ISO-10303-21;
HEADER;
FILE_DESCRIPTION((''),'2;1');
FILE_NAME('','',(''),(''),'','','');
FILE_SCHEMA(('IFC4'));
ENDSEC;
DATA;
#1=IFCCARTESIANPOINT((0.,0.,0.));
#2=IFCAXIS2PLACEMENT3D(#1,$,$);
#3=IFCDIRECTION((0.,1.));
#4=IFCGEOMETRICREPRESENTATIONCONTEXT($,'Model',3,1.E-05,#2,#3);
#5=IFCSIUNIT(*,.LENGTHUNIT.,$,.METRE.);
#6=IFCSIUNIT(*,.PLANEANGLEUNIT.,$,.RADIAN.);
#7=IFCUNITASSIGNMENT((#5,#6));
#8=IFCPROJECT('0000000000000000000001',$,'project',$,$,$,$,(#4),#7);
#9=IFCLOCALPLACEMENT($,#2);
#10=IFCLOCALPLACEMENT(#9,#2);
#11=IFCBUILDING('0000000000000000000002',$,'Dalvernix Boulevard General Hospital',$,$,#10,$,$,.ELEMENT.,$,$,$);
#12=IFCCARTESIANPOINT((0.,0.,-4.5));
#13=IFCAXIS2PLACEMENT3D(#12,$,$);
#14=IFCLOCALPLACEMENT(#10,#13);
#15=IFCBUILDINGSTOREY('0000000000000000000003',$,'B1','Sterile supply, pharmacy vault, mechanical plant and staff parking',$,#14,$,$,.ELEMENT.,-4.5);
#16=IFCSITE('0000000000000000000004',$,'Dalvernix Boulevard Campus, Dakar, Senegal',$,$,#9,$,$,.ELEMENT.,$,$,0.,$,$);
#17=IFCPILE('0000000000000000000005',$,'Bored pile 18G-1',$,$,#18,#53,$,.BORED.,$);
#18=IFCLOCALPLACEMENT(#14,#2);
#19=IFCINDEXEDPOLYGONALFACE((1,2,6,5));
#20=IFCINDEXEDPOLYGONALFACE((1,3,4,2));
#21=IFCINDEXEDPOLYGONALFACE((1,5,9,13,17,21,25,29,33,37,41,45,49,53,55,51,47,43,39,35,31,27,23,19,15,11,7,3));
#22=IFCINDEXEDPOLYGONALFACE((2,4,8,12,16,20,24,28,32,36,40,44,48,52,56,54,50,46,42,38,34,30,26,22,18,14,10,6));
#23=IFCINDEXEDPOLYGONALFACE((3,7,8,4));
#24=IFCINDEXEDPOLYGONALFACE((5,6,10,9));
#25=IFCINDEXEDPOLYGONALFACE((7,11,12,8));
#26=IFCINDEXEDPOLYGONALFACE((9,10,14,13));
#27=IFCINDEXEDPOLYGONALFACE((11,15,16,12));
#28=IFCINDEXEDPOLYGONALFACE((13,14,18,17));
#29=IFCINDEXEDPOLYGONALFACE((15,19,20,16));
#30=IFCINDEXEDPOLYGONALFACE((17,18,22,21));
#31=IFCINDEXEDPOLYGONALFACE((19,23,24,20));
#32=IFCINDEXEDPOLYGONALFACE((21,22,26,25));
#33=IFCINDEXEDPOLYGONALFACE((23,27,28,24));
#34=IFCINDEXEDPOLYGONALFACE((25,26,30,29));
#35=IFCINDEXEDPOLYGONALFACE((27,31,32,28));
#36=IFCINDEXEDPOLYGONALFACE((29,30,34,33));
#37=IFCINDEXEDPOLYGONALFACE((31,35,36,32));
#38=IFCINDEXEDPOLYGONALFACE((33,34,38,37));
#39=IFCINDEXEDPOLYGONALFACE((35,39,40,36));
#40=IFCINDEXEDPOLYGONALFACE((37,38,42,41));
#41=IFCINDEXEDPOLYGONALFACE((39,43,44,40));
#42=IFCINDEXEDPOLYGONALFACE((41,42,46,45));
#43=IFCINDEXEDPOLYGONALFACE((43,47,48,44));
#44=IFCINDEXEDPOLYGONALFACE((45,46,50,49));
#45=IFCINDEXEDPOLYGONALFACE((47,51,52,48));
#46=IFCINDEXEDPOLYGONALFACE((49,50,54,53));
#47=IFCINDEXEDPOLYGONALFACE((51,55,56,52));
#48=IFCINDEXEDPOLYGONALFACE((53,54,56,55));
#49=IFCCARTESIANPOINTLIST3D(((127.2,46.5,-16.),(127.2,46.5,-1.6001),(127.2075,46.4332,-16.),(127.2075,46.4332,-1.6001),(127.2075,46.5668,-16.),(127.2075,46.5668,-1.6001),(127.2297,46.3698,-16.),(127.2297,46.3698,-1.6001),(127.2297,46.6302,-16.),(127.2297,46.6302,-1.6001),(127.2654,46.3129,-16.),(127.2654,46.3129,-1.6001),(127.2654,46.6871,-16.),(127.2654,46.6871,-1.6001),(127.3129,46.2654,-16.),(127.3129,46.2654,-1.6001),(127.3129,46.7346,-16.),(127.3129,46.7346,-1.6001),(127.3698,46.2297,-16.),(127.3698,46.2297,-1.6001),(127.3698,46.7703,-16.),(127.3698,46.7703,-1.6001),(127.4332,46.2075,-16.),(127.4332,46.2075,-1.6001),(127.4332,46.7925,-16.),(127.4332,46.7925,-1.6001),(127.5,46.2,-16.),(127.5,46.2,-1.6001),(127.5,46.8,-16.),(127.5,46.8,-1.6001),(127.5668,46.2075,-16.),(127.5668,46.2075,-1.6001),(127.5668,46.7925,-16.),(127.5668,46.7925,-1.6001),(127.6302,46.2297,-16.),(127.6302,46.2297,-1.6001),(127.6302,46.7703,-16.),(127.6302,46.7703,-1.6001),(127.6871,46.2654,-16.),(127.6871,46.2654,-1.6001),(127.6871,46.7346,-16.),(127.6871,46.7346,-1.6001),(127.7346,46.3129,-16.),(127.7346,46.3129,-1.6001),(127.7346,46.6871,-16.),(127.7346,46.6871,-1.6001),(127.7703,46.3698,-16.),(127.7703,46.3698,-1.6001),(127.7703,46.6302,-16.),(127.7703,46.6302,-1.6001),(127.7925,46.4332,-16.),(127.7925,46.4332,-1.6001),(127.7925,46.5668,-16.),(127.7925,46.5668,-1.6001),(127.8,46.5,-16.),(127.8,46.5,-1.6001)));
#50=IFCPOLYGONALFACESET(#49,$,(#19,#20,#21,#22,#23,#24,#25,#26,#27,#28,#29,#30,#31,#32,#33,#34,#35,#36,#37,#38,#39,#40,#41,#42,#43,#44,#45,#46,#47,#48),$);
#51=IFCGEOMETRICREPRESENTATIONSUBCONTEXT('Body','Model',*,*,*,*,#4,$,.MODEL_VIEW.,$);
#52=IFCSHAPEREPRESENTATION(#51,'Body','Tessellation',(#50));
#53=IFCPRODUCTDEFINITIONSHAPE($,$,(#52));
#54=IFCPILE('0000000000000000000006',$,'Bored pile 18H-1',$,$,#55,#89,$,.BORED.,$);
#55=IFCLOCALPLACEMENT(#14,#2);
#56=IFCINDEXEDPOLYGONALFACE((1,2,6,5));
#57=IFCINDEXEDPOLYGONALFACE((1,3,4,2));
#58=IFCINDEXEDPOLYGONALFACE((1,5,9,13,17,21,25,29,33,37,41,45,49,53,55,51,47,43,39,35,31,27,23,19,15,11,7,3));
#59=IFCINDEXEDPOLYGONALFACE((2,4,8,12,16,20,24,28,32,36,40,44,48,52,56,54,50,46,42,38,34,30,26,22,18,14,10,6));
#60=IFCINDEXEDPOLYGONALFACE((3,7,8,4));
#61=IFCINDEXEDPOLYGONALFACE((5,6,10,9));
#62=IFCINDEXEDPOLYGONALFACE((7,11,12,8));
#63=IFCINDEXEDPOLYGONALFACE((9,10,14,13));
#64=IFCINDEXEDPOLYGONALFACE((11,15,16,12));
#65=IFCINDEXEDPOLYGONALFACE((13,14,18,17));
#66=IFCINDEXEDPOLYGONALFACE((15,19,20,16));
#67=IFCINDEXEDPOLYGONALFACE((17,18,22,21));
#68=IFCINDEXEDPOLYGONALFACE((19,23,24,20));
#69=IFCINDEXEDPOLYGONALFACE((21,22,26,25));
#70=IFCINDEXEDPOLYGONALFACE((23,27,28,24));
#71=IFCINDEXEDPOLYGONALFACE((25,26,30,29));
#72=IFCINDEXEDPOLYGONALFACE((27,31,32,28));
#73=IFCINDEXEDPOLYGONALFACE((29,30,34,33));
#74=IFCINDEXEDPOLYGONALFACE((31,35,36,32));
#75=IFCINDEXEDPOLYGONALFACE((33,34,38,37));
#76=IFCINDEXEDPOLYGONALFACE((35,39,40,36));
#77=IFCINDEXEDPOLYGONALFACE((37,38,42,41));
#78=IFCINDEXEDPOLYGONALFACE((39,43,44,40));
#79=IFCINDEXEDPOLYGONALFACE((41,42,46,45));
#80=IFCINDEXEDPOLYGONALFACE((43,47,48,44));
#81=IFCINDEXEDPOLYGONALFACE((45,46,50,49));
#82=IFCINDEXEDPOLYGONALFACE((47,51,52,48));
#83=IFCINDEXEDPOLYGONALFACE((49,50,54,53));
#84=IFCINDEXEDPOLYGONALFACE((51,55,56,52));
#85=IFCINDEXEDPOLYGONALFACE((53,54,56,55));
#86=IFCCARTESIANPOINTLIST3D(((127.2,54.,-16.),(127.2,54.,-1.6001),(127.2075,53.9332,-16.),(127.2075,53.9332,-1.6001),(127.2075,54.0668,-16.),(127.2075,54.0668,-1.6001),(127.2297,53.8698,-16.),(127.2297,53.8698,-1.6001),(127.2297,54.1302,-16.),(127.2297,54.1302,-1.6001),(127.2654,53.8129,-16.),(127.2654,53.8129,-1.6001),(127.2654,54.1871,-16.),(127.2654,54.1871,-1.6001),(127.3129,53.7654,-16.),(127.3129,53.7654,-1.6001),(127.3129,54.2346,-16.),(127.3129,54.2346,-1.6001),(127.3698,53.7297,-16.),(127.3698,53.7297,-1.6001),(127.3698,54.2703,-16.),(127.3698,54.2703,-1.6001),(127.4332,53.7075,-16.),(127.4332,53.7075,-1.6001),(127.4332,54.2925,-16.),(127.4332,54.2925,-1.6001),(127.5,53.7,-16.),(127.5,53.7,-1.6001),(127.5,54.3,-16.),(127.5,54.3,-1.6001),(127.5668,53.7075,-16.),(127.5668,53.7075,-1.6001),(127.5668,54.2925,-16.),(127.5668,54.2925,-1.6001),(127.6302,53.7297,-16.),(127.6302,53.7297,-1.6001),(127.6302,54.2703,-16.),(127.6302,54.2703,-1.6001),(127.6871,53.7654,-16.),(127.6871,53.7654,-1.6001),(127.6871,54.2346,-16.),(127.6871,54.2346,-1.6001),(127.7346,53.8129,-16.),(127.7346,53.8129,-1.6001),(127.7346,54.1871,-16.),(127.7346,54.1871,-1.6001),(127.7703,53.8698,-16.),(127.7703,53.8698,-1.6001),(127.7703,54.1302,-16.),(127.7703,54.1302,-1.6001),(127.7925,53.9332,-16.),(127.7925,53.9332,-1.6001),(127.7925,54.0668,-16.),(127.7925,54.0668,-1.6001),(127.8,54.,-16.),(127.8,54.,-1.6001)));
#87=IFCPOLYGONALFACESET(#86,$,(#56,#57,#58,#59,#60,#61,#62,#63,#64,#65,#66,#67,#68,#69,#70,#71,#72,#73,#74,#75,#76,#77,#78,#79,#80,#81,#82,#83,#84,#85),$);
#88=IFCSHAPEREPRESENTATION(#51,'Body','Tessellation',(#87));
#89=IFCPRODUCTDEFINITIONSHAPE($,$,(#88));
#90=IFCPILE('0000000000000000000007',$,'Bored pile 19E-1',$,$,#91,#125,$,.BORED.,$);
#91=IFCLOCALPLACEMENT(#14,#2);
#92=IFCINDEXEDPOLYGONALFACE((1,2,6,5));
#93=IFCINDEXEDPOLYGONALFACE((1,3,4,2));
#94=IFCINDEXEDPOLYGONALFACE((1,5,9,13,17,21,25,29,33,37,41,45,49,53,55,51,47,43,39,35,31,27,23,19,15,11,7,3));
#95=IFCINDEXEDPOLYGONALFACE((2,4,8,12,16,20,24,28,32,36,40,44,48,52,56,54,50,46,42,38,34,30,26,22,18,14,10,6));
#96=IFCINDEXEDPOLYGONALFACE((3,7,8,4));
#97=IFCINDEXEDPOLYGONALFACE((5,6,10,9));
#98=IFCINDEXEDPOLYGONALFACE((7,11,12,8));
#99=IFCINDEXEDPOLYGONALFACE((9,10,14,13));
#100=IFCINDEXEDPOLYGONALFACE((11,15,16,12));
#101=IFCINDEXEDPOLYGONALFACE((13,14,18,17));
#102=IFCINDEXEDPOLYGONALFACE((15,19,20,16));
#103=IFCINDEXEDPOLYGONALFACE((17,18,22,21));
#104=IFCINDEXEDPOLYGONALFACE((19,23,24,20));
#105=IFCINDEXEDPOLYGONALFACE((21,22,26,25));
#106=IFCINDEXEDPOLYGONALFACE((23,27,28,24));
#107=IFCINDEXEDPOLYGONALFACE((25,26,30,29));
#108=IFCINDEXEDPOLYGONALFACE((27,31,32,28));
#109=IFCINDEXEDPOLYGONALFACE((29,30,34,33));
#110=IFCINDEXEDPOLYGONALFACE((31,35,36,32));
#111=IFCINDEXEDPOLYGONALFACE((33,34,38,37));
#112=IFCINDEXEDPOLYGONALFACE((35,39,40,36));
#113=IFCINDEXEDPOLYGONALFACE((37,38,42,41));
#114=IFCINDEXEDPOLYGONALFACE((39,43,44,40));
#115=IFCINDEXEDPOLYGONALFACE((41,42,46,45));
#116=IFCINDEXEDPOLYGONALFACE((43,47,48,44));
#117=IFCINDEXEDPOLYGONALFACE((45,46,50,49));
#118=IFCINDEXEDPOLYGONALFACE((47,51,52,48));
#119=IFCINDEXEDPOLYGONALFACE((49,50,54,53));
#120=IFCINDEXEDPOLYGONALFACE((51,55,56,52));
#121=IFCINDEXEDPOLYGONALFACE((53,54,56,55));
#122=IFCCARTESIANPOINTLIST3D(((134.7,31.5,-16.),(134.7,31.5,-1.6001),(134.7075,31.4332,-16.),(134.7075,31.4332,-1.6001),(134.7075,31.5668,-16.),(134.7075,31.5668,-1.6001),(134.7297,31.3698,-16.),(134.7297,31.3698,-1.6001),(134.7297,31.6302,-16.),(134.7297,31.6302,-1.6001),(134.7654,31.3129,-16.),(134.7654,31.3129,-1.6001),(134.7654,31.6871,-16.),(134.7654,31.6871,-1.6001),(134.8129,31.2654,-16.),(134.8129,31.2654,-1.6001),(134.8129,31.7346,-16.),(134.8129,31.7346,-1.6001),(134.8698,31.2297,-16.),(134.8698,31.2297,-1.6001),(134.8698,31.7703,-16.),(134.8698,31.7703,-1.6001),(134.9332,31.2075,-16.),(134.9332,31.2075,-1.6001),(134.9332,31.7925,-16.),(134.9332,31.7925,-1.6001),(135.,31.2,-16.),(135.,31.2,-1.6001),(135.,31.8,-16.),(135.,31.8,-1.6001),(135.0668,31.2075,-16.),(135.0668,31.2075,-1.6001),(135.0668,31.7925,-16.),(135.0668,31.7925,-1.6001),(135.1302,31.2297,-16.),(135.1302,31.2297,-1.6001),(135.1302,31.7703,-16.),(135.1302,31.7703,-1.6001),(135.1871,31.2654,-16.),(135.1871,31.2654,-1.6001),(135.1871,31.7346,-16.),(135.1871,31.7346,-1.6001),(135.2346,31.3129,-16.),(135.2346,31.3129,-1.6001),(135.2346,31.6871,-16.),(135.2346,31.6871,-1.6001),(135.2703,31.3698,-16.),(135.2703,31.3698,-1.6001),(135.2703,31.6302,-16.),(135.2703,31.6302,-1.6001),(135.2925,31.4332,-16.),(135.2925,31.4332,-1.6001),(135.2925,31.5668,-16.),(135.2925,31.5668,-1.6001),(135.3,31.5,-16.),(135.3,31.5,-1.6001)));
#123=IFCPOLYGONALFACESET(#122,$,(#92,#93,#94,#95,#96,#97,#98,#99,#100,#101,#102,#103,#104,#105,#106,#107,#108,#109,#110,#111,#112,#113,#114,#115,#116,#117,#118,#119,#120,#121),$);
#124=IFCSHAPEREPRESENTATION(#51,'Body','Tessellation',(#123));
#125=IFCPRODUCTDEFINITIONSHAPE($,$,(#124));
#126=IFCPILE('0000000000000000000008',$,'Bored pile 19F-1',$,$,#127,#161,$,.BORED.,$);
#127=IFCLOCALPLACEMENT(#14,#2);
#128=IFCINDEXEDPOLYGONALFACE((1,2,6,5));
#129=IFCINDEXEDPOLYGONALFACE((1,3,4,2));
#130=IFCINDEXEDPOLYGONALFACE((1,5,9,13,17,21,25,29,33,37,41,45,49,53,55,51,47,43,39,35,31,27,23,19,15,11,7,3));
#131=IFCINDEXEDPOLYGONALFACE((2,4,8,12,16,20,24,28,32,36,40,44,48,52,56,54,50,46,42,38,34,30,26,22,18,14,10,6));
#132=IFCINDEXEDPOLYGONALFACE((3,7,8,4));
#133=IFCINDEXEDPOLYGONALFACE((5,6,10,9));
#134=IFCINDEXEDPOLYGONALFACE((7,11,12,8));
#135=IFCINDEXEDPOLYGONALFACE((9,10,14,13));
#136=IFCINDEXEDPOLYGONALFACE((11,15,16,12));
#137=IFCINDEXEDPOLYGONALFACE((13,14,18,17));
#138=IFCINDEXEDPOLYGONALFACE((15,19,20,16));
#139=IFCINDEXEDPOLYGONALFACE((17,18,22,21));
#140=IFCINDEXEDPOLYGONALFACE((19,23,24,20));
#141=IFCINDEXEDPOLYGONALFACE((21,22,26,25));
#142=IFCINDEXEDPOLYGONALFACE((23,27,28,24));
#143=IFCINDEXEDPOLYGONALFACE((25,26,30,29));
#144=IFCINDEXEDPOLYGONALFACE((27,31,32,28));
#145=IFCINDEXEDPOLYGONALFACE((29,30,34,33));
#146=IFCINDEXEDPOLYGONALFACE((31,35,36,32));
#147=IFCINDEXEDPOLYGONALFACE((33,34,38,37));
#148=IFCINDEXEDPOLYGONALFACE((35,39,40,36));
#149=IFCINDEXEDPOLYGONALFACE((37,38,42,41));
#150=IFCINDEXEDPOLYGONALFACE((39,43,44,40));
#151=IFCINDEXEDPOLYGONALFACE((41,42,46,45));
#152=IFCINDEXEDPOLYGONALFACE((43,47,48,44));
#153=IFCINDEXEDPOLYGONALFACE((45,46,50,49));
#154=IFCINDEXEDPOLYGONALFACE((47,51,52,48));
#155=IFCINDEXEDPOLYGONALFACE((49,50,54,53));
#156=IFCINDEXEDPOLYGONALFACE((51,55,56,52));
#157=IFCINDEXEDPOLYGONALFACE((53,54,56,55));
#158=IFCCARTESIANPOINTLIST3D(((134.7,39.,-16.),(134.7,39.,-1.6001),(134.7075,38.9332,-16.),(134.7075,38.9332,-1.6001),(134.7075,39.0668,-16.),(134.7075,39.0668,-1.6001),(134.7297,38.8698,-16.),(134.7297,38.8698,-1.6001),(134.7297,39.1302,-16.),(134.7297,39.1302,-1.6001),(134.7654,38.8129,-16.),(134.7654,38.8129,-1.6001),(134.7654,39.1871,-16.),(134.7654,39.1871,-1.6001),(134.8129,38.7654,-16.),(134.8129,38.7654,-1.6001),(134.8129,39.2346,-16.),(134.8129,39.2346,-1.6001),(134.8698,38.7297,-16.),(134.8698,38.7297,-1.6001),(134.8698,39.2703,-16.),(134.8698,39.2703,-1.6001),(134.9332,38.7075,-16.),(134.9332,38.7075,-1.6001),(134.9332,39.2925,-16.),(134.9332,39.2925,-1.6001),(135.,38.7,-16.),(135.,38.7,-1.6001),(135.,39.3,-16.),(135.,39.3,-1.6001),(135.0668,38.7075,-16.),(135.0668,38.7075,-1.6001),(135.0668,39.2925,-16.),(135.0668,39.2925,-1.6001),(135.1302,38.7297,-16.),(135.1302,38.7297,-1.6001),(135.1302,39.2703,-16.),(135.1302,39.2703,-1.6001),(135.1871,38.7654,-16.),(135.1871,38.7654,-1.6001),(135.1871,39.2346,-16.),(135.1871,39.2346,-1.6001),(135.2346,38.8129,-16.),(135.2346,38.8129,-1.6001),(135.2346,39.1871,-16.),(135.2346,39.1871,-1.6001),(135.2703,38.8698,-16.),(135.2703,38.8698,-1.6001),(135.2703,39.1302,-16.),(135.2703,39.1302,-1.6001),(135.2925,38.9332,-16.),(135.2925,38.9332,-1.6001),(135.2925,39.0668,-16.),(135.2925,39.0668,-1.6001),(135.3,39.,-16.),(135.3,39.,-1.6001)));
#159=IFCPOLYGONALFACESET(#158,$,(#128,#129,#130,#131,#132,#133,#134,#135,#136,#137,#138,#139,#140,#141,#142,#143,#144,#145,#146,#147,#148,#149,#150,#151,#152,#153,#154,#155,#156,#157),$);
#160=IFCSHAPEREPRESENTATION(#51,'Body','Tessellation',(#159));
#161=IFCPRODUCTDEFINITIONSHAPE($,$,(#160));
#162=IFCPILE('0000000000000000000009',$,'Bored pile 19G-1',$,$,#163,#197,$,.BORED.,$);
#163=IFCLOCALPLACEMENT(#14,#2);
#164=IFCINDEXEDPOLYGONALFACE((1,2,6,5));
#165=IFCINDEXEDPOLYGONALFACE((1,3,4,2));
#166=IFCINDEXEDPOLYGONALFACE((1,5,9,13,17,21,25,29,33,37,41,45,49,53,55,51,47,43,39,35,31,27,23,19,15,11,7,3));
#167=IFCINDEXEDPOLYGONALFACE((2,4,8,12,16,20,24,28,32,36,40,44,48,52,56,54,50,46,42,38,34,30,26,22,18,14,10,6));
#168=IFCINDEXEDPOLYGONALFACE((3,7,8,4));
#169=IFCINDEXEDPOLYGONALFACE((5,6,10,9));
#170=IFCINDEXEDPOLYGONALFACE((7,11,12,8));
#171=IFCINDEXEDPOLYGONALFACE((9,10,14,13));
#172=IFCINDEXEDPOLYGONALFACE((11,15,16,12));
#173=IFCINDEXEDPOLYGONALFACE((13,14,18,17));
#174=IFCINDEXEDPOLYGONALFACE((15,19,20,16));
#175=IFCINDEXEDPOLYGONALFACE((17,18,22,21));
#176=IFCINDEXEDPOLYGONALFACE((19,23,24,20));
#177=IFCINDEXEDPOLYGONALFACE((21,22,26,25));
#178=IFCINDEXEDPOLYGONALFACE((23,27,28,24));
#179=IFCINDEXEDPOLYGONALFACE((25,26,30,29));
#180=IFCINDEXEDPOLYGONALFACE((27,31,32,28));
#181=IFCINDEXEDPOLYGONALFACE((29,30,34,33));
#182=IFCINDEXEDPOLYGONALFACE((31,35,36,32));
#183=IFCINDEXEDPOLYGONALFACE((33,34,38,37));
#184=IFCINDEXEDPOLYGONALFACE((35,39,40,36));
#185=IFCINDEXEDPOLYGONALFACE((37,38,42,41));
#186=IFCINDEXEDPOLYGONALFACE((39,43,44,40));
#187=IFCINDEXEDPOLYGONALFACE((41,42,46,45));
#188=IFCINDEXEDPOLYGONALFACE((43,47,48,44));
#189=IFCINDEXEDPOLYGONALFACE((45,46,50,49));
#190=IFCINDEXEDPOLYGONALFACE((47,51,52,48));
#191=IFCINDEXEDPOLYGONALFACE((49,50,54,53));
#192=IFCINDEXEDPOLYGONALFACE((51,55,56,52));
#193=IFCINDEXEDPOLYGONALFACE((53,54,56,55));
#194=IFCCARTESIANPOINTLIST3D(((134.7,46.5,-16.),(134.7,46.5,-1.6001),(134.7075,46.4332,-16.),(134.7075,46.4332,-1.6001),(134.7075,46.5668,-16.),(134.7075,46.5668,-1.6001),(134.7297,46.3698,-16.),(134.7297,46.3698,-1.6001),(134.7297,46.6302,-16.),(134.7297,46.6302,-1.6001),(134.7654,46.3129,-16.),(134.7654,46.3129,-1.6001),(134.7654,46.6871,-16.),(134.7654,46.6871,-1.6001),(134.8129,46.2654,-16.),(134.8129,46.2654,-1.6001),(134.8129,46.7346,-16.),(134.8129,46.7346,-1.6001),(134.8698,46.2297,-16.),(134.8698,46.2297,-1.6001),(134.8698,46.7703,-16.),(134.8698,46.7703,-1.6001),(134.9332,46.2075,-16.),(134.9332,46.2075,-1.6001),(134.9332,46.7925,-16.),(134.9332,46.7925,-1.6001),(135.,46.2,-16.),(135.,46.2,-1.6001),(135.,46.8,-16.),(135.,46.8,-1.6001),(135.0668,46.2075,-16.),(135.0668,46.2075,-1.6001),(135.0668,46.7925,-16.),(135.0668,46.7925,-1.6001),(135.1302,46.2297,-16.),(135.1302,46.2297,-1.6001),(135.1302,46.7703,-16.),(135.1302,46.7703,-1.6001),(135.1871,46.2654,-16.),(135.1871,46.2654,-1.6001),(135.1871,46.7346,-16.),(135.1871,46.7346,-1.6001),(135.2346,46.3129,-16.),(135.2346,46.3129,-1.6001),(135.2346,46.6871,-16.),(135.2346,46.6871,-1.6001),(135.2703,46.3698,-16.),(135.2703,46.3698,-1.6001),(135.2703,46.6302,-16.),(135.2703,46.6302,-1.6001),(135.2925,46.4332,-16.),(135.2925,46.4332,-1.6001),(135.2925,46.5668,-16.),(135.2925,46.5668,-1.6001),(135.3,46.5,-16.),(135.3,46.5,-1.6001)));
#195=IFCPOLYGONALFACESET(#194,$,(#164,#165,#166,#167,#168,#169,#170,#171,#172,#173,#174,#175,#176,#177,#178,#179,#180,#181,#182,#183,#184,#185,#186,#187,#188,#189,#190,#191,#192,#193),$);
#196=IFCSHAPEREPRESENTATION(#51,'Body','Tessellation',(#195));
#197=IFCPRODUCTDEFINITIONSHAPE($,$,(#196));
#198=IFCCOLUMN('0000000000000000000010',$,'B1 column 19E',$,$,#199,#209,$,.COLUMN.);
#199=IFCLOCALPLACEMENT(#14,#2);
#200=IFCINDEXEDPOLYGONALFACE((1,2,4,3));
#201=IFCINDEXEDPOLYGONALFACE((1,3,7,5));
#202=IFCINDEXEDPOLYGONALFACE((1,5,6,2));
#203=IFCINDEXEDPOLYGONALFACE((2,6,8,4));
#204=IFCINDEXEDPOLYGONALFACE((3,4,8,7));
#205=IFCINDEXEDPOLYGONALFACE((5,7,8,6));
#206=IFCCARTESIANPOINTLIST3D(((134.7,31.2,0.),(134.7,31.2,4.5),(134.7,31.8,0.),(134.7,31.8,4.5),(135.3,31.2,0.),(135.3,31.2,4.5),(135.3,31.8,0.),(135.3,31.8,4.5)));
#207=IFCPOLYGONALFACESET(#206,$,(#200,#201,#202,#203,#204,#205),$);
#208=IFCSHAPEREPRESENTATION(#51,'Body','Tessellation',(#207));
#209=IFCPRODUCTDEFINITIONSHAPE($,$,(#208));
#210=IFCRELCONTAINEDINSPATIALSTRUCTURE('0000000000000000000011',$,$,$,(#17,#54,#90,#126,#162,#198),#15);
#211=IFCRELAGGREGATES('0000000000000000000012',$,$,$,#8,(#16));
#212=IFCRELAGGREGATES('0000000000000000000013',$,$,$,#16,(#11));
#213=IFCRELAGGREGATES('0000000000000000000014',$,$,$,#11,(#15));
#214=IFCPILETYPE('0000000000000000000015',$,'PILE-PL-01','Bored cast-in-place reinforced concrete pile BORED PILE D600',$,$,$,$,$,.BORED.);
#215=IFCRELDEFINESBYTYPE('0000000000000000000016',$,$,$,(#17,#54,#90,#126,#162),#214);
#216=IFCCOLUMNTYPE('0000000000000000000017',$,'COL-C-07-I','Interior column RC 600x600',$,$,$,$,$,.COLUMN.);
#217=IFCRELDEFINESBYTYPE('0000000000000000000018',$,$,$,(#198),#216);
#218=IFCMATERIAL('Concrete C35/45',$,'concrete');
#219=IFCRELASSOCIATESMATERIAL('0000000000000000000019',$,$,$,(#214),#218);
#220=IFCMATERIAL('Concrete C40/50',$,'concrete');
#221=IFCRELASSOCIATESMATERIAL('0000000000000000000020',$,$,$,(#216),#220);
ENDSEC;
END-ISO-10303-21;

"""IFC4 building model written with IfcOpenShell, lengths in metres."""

from ifc_helpers import new_model, si_unit, direction, frame, origin, origin_2d, place, context, subcontext, project, spatial, rectangle, circle, extrude, material, material_profile, profile_set, type_object, element, save


model = new_model("IFC4")

# Units and contexts
model_context = context("Model", 3, precision=1e-05, world=origin(), true_north=direction((0.0, 1.0)))
body_context = subcontext(model_context, "Body", "Model", "MODEL_VIEW")
ifc_project = project(units=[si_unit("LENGTHUNIT", "METRE"), si_unit("PLANEANGLEUNIT", "RADIAN")], contexts=[model_context])

# Site, building, storey
site_placement = place(None, origin())
site = spatial("IfcSite", under=ifc_project, at=site_placement, Name="Dalvernix Boulevard Campus, Dakar, Senegal", CompositionType="ELEMENT", RefElevation=0.0)
building_placement = place(site_placement, origin())
building = spatial("IfcBuilding", under=site, at=building_placement, Name="Dalvernix Boulevard General Hospital", CompositionType="ELEMENT")
storey_placement = place(building_placement, frame((0.0, 0.0, -4.5)))
storey = spatial("IfcBuildingStorey", under=building, at=storey_placement, Name="B1", Description="Sterile supply, pharmacy vault, mechanical plant and staff parking", CompositionType="ELEMENT", Elevation=-4.5)

# Shared definitions
ifc_material_1 = material(Name="Concrete C35/45", Category="concrete")
ifc_material_2 = material(Name="Concrete C40/50", Category="concrete")

# Piles
ifc_material_profile_1 = material_profile(ifc_material_1, circle(Radius=0.3, at=origin_2d()), Name="BORED PILE D600")
ifc_profile_set_1 = profile_set([ifc_material_profile_1], Name="Concrete C35/45")
pile_type = type_object("IfcPileType", Name="PILE-PL-01", Description="Bored cast-in-place reinforced concrete pile BORED PILE D600", PredefinedType="BORED", material=ifc_profile_set_1)
for number, where, z_axis, x_axis, name in (
    (1, (127.5, 46.5, -1.6001), (0.0, 0.0, -1.0), (1.0, 0.0, 0.0), "Bored pile 18G-1"),
    (2, (127.5, 54.0, -1.6001), (0.0, 0.0, -1.0), (1.0, 0.0, 0.0), "Bored pile 18H-1"),
    (3, (135.0, 31.5, -1.6001), (0.0, 0.0, -1.0), (1.0, 0.0, 0.0), "Bored pile 19E-1"),
    (4, (135.0, 39.0, -1.6001), (0.0, 0.0, -1.0), (1.0, 0.0, 0.0), "Bored pile 19F-1"),
    (5, (135.0, 46.5, -1.6001), (0.0, 0.0, -1.0), (1.0, 0.0, 0.0), "Bored pile 19G-1"),
):
    element("IfcPile", number, at=place(storey_placement, frame(where, z_axis=z_axis, x_axis=x_axis)), inside=storey, type_object=pile_type, Name=name, PredefinedType="BORED", context=body_context, shape_type="SweptSolid", body=[
        extrude(circle(Radius=0.3, at=origin_2d()), origin(), (0.0, 0.0, 1.0), 14.3999),
    ])

# Column
ifc_material_profile_2 = material_profile(ifc_material_2, rectangle(XDim=0.6001, YDim=0.6001, at=origin_2d()), Name="RC 600x600")
ifc_profile_set_2 = profile_set([ifc_material_profile_2], Name="Concrete C40/50")
column_type_1 = type_object("IfcColumnType", Name="COL-C-07-I", Description="Interior column RC 600x600", PredefinedType="COLUMN", material=ifc_profile_set_2)
for number, where, z_axis, x_axis, name in (
    (6, (135.0, 31.5, 0.0), (0.0, 0.0, 1.0), (1.0, 0.0, 0.0), "B1 column 19E"),
):
    element("IfcColumn", number, at=place(storey_placement, frame(where, z_axis=z_axis, x_axis=x_axis)), inside=storey, type_object=column_type_1, Name=name, PredefinedType="COLUMN", context=body_context, shape_type="SweptSolid", body=[
        extrude(rectangle(XDim=0.6001, YDim=0.6001, at=origin_2d()), origin(), (0.0, 0.0, 1.0), 4.5),
    ])

save(model, "model.ifc")
